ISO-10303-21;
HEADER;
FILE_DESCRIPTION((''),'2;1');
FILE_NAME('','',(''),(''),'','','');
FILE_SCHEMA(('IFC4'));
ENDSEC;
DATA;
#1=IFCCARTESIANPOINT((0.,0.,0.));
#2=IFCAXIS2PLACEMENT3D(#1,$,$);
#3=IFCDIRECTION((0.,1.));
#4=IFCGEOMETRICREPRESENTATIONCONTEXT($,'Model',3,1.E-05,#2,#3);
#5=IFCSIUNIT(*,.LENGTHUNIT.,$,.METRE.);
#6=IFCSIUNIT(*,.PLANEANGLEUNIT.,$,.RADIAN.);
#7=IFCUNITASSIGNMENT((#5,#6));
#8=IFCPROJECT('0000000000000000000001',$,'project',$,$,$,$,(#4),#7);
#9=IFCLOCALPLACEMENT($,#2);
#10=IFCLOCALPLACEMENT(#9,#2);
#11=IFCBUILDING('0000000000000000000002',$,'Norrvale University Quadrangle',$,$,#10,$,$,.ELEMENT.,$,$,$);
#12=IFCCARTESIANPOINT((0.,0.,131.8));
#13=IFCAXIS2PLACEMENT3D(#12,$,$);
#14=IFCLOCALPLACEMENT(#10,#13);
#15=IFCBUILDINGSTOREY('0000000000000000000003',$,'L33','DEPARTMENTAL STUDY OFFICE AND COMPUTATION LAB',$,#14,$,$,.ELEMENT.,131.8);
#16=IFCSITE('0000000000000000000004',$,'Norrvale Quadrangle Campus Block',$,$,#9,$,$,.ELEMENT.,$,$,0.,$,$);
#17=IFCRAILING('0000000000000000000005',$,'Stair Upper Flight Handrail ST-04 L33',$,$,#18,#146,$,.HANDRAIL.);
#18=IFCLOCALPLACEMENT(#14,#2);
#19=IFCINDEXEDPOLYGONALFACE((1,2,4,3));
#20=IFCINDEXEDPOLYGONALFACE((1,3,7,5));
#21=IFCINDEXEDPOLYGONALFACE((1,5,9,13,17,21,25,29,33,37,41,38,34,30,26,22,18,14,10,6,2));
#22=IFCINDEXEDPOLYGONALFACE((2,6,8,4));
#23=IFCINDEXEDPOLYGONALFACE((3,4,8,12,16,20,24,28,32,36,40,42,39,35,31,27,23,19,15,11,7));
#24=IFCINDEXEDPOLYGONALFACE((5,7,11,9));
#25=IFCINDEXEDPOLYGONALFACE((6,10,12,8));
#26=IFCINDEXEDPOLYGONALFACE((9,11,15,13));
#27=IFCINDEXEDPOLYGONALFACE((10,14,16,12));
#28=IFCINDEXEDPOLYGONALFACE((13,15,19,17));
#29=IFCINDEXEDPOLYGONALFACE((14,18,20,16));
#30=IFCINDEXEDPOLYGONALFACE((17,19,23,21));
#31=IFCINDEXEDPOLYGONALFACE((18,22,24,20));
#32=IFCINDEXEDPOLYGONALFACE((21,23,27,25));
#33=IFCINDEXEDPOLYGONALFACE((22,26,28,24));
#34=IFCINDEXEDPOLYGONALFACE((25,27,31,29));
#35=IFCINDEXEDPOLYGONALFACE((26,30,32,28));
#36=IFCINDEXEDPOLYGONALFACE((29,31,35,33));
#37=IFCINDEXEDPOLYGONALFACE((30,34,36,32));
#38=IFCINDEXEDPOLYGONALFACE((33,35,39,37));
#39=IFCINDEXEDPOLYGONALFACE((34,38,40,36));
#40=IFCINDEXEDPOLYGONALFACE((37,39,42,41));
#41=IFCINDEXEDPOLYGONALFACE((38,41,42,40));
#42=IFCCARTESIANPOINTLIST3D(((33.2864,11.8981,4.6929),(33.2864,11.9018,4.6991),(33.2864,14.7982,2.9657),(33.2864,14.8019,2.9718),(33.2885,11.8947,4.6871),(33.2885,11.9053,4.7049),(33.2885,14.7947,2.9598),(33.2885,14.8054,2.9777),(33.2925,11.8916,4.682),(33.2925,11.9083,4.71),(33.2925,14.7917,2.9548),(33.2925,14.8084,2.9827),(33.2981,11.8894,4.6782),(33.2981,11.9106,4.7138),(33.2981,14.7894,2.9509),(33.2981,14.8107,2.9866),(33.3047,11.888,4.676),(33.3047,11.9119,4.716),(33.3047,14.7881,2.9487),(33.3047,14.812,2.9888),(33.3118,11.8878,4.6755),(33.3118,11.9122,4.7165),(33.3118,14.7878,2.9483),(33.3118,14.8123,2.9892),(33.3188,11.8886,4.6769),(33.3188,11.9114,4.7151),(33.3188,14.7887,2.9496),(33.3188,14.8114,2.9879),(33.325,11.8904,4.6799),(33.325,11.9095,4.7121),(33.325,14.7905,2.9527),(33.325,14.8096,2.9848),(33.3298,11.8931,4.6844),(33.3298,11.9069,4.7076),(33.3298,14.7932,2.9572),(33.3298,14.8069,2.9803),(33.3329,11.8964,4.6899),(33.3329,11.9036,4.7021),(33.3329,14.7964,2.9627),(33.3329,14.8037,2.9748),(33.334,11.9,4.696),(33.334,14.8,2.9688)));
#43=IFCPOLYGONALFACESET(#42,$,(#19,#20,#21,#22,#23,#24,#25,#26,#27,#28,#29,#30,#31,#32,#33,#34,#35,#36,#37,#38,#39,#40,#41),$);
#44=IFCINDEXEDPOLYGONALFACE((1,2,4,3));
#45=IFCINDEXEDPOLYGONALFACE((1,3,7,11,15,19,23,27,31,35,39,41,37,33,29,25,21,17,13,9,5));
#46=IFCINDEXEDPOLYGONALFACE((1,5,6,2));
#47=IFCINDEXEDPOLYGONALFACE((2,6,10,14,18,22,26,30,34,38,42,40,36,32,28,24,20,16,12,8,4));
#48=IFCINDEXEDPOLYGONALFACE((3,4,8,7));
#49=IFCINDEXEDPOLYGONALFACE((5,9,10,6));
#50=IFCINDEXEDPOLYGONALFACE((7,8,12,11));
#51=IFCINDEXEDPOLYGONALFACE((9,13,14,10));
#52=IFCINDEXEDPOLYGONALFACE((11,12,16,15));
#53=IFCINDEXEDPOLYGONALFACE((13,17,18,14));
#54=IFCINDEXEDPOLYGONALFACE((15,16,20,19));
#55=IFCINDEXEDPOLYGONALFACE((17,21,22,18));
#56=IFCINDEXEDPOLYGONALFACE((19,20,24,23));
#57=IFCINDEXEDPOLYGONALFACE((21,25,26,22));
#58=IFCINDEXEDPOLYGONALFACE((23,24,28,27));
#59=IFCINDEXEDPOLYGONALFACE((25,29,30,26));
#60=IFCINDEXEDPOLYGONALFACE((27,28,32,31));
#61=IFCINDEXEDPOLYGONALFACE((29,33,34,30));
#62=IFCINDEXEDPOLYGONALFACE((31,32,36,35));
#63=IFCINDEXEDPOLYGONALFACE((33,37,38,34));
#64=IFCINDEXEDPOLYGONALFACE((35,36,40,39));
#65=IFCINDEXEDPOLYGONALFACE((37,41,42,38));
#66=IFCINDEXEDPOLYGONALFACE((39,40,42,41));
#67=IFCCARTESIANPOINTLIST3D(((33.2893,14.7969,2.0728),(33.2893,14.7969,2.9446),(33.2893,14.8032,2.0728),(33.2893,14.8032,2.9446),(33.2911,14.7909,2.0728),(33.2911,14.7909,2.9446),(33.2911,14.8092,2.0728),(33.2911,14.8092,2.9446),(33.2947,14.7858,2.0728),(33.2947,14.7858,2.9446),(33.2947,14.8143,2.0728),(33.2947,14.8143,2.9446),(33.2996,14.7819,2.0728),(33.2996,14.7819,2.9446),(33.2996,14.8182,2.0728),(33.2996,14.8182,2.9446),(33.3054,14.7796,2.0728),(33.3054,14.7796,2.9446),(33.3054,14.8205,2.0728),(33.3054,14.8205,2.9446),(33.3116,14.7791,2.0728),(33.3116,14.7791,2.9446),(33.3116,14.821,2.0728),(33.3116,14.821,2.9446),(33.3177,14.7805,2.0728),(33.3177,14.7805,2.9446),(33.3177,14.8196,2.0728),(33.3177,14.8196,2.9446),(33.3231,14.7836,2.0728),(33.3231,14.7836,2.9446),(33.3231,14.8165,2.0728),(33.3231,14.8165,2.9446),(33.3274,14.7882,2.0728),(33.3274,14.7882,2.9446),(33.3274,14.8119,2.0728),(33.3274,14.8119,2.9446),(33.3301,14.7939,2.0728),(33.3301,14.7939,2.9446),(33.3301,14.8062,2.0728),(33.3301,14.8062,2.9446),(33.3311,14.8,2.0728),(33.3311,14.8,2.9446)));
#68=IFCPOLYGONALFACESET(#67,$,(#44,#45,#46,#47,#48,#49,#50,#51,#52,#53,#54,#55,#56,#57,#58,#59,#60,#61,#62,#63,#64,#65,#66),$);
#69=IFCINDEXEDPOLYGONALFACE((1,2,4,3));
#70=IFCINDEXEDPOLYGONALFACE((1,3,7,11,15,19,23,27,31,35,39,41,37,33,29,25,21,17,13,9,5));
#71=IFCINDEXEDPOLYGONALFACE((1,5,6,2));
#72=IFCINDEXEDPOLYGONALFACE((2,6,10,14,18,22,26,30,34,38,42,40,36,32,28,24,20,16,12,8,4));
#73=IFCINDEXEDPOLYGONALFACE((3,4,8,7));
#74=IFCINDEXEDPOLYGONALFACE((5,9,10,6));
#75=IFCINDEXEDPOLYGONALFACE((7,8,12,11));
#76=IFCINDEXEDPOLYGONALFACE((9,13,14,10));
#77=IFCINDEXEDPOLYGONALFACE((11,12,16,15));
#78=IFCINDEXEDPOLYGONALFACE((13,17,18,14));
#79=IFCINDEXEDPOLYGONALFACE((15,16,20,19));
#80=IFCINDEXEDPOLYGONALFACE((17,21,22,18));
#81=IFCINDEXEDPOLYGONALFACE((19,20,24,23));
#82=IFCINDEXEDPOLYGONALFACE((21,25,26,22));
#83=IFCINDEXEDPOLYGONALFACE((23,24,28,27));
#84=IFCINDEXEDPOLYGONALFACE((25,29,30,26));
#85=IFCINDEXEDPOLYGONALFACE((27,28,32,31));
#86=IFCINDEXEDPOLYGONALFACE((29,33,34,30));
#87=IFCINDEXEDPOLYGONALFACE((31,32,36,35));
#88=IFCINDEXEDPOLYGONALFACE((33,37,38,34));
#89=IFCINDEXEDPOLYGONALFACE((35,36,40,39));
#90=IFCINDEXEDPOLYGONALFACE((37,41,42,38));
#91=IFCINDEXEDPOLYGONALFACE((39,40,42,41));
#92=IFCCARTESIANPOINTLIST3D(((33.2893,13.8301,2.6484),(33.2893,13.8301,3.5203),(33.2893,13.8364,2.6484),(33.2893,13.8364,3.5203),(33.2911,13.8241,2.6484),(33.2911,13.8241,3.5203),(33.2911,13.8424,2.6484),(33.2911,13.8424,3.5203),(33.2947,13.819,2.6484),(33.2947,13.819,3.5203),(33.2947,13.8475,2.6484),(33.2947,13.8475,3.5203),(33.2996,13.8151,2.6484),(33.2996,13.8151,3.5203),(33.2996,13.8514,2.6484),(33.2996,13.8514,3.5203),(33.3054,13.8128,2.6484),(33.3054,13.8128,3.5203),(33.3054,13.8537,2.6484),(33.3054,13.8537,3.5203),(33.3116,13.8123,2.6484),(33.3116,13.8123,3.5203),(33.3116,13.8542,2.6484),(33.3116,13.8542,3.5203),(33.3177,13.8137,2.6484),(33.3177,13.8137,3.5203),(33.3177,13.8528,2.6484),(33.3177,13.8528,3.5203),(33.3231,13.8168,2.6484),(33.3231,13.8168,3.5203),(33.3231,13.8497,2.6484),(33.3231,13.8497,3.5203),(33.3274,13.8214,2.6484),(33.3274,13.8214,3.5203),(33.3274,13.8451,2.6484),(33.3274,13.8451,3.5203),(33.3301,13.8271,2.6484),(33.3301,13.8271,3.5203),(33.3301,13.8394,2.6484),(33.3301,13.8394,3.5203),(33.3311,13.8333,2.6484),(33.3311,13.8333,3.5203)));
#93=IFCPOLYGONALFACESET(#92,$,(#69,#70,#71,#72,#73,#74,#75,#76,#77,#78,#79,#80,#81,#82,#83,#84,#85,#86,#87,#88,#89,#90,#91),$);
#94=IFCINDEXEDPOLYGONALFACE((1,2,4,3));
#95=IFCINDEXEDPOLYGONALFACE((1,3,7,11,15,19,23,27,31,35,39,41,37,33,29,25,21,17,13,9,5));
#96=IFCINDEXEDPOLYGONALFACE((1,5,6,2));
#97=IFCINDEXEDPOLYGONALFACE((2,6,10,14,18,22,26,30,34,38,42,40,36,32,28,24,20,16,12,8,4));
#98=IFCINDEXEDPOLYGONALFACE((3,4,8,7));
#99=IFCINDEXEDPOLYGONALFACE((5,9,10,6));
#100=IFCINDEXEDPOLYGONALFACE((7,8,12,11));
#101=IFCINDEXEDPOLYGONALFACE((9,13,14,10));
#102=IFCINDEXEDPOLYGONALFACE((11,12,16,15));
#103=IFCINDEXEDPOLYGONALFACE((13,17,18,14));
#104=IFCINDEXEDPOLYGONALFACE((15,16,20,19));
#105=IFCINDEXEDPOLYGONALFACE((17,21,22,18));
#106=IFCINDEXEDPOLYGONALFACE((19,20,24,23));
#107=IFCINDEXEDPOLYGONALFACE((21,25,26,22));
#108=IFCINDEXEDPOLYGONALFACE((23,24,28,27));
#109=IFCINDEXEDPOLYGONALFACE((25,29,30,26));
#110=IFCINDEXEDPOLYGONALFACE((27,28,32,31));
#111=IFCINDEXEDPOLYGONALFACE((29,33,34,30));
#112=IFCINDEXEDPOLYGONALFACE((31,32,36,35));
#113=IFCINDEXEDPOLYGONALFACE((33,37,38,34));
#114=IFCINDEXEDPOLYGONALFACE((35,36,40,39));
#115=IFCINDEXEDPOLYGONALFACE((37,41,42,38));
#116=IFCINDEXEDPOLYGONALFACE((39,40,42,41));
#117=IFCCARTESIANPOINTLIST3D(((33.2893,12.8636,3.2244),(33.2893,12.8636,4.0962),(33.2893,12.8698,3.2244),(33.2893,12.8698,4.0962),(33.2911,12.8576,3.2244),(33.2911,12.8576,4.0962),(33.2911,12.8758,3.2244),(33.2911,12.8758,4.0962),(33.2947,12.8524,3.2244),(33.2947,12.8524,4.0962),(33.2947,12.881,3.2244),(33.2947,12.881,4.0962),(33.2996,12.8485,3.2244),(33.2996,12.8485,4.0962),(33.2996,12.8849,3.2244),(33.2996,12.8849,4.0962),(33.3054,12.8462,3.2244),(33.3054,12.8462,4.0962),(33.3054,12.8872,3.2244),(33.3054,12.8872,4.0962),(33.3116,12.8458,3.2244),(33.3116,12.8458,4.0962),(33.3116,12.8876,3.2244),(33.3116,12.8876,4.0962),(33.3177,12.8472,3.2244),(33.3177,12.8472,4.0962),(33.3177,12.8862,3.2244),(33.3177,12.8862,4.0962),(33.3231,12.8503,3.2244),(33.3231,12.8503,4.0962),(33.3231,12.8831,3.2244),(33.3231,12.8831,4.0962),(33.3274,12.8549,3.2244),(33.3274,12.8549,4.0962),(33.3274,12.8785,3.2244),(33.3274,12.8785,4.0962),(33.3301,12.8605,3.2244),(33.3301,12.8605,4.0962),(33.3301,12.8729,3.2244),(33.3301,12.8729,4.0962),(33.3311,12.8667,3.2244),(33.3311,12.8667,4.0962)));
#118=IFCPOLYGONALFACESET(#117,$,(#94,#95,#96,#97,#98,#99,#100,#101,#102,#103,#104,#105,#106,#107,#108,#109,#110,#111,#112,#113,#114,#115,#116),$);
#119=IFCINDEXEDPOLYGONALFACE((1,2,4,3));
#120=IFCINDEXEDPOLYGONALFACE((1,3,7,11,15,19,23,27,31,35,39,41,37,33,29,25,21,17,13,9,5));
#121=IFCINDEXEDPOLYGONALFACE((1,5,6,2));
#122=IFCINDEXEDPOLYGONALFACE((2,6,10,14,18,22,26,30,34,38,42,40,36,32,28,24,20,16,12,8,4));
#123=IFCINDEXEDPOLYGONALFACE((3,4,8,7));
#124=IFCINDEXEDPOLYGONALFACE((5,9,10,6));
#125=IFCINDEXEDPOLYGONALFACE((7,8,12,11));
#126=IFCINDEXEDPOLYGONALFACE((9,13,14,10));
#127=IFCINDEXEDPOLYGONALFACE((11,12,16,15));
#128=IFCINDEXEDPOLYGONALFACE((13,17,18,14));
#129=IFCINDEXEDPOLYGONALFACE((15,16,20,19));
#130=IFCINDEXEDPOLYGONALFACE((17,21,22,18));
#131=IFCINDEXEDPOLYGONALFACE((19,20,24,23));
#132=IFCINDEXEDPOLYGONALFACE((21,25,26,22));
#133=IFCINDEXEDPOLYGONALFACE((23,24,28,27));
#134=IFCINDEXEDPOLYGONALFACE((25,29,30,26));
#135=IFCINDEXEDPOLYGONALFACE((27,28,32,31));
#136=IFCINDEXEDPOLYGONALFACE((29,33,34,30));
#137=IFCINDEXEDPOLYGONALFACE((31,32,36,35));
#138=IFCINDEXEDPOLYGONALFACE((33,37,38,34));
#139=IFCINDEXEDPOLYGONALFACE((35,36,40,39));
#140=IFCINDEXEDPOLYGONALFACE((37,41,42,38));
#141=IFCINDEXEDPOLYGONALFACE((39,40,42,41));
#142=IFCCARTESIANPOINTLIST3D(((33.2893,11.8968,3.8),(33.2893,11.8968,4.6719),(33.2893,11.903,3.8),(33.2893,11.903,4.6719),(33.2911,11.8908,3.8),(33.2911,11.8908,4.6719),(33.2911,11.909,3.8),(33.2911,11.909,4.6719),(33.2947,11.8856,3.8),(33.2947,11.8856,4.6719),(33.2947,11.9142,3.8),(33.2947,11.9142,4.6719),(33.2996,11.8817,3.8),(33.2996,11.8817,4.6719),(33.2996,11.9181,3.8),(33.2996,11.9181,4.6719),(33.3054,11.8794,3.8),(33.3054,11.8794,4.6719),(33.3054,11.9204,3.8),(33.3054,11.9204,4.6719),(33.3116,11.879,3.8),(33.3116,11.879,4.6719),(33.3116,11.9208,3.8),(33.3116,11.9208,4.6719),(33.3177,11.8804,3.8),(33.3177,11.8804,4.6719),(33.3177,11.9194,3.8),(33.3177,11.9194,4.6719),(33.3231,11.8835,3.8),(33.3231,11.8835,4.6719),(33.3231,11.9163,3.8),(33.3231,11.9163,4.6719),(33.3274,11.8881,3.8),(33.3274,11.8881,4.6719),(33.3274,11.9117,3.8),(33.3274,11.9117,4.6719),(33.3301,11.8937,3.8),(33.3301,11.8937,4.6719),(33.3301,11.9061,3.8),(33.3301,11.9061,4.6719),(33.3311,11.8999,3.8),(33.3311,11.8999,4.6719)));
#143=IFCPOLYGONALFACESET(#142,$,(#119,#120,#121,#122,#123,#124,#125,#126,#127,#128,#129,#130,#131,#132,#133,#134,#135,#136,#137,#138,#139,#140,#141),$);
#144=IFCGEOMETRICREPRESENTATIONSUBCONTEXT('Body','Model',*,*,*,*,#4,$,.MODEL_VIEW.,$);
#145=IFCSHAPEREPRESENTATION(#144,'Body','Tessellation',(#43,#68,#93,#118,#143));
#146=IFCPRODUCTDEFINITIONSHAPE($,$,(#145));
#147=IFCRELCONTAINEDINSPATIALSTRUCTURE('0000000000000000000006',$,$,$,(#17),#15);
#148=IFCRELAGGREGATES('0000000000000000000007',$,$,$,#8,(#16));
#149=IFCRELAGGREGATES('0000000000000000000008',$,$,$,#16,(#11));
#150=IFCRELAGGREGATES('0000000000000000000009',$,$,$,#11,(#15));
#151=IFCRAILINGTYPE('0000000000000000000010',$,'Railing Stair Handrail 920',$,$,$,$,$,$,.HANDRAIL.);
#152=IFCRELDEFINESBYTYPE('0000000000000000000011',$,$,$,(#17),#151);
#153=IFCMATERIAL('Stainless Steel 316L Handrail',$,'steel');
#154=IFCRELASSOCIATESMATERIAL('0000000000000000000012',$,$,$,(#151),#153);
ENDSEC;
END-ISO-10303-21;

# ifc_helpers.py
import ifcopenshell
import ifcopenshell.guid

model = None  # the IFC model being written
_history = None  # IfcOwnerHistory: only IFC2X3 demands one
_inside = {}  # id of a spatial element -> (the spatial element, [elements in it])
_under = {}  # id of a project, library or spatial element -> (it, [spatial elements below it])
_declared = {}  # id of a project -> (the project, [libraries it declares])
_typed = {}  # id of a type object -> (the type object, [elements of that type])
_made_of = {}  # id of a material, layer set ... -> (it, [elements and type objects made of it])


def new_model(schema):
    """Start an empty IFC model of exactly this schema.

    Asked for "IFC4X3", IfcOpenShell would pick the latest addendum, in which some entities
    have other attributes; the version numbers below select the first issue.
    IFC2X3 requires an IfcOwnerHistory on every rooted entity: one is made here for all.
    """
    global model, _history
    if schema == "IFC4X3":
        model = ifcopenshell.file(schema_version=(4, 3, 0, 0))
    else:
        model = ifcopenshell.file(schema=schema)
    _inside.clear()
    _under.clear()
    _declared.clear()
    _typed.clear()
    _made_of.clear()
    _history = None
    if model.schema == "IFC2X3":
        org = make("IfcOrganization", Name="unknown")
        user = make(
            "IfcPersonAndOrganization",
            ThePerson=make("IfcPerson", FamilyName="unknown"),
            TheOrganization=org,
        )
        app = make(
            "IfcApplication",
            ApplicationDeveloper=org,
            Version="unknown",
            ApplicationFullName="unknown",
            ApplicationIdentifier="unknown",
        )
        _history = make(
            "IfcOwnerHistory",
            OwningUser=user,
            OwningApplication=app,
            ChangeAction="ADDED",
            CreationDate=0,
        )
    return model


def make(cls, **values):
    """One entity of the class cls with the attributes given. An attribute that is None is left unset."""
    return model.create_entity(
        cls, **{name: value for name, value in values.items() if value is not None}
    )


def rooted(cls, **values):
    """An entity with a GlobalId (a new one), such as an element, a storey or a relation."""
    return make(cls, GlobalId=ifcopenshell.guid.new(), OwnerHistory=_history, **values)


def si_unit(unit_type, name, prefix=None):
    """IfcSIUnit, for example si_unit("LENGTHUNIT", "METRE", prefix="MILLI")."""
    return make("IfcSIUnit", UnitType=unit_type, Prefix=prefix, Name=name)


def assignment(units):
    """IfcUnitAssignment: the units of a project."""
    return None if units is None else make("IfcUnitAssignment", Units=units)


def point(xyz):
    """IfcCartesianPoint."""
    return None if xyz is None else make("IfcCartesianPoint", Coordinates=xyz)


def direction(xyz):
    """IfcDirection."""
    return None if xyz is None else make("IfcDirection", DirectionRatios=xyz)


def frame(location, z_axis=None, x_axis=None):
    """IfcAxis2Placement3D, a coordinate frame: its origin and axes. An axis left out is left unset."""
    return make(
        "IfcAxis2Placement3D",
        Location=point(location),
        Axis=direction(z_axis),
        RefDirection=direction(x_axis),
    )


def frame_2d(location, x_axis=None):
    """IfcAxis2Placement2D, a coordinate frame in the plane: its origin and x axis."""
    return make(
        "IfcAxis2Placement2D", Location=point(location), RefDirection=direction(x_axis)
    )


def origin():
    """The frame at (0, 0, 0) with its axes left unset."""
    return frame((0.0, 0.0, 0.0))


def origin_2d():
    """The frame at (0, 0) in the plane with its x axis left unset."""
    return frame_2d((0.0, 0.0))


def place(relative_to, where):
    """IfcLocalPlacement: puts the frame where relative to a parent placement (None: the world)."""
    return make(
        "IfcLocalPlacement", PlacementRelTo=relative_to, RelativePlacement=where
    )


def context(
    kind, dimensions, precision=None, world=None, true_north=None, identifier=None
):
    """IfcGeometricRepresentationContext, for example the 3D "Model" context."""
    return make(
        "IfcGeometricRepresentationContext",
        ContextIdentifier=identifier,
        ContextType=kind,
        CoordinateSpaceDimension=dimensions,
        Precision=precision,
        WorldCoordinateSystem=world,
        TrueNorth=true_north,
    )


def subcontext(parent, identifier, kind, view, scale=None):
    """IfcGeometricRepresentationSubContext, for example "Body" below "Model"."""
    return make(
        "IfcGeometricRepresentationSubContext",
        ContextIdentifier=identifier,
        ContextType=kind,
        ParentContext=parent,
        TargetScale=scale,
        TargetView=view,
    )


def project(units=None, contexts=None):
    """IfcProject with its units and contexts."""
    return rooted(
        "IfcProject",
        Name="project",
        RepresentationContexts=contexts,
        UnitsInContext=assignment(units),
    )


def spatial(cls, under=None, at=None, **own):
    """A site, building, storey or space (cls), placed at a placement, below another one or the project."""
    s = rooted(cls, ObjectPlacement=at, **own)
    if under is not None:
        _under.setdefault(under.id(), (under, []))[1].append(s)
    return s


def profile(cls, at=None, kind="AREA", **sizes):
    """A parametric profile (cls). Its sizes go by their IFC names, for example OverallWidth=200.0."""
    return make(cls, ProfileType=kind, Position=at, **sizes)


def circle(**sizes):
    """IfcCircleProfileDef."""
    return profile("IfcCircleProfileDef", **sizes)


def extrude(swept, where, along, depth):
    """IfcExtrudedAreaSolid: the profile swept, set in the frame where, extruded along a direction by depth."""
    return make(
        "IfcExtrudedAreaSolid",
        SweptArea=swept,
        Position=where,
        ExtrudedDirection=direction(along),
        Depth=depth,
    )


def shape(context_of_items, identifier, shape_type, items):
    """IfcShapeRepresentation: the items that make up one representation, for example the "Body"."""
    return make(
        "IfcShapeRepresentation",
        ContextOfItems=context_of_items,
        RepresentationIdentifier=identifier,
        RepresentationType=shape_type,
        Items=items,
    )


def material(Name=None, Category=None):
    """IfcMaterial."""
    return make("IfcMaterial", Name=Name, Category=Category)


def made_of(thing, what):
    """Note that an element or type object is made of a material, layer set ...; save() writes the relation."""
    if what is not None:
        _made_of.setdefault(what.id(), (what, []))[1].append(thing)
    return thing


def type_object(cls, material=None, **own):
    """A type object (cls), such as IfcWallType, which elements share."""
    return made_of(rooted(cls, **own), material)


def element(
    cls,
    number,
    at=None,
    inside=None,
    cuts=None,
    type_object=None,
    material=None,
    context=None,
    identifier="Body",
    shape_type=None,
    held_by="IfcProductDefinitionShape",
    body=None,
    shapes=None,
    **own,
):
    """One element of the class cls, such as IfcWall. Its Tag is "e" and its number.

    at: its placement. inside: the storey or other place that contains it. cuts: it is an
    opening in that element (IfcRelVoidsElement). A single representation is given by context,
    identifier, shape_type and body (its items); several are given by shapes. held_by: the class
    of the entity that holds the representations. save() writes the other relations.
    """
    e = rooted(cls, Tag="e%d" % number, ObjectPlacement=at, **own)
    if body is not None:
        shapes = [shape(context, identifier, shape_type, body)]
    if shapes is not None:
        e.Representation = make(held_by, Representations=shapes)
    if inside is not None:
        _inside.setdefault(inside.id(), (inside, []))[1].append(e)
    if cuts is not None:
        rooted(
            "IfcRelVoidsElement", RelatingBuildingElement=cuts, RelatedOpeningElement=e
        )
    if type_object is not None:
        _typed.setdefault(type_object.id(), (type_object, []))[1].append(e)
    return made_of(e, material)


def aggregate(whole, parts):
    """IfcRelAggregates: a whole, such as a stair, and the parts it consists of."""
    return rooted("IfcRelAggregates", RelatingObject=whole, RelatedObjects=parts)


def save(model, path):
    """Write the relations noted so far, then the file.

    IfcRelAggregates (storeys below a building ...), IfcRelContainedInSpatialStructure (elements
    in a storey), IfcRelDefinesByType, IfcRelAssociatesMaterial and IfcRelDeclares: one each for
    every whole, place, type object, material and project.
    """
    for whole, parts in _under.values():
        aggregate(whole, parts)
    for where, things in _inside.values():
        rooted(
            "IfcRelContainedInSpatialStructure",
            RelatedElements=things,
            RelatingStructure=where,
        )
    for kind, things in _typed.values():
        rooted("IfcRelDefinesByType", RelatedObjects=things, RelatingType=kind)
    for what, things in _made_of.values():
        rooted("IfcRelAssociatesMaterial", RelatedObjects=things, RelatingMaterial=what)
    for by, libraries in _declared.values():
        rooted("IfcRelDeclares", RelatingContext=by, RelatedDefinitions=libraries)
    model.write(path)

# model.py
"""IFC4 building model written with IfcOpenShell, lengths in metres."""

from ifc_helpers import new_model, si_unit, direction, frame, origin, origin_2d, place, context, subcontext, project, spatial, circle, extrude, material, type_object, element, save


model = new_model("IFC4")

# Units and contexts
model_context = context("Model", 3, precision=1e-05, world=origin(), true_north=direction((0.0, 1.0)))
body_context = subcontext(model_context, "Body", "Model", "MODEL_VIEW")
ifc_project = project(units=[si_unit("LENGTHUNIT", "METRE"), si_unit("PLANEANGLEUNIT", "RADIAN")], contexts=[model_context])

# Site, building, storey
site_placement = place(None, origin())
site = spatial("IfcSite", under=ifc_project, at=site_placement, Name="Norrvale Quadrangle Campus Block", CompositionType="ELEMENT", RefElevation=0.0)
building_placement = place(site_placement, origin())
building = spatial("IfcBuilding", under=site, at=building_placement, Name="Norrvale University Quadrangle", CompositionType="ELEMENT")
storey_placement = place(building_placement, frame((0.0, 0.0, 131.8)))
storey = spatial("IfcBuildingStorey", under=building, at=storey_placement, Name="L33", Description="DEPARTMENTAL STUDY OFFICE AND COMPUTATION LAB", CompositionType="ELEMENT", Elevation=131.8)

# Railing
ifc_material_1 = material(Name="Stainless Steel 316L Handrail", Category="steel")
railing_type_1 = type_object("IfcRailingType", Name="Railing Stair Handrail 920", PredefinedType="HANDRAIL", material=ifc_material_1)
railing_1_placement = place(storey_placement, frame((33.3101, 14.8, 2.0728)))
element("IfcRailing", 1, at=railing_1_placement, inside=storey, type_object=railing_type_1, Name="Stair Upper Flight Handrail ST-04 L33", PredefinedType="HANDRAIL", context=body_context, shape_type="SweptSolid", body=[
    extrude(circle(Radius=0.0239, at=origin_2d()), frame((0.0, 0.0, 0.896), z_axis=(0.0, -0.85916, 0.511706), x_axis=(1.0, 0.0, 0.0)), (0.0, 0.0, 1.0), 3.3755),
    extrude(circle(Radius=0.021, at=origin_2d()), origin(), (0.0, 0.0, 1.0), 0.8718),
    extrude(circle(Radius=0.021, at=origin_2d()), frame((0.0, -0.9668, 0.5757)), (0.0, 0.0, 1.0), 0.8718),
    extrude(circle(Radius=0.021, at=origin_2d()), frame((0.0, -1.9333, 1.1516)), (0.0, 0.0, 1.0), 0.8718),
    extrude(circle(Radius=0.021, at=origin_2d()), frame((0.0, -2.9001, 1.7273)), (0.0, 0.0, 1.0), 0.8718),
])

save(model, "model.ifc")
